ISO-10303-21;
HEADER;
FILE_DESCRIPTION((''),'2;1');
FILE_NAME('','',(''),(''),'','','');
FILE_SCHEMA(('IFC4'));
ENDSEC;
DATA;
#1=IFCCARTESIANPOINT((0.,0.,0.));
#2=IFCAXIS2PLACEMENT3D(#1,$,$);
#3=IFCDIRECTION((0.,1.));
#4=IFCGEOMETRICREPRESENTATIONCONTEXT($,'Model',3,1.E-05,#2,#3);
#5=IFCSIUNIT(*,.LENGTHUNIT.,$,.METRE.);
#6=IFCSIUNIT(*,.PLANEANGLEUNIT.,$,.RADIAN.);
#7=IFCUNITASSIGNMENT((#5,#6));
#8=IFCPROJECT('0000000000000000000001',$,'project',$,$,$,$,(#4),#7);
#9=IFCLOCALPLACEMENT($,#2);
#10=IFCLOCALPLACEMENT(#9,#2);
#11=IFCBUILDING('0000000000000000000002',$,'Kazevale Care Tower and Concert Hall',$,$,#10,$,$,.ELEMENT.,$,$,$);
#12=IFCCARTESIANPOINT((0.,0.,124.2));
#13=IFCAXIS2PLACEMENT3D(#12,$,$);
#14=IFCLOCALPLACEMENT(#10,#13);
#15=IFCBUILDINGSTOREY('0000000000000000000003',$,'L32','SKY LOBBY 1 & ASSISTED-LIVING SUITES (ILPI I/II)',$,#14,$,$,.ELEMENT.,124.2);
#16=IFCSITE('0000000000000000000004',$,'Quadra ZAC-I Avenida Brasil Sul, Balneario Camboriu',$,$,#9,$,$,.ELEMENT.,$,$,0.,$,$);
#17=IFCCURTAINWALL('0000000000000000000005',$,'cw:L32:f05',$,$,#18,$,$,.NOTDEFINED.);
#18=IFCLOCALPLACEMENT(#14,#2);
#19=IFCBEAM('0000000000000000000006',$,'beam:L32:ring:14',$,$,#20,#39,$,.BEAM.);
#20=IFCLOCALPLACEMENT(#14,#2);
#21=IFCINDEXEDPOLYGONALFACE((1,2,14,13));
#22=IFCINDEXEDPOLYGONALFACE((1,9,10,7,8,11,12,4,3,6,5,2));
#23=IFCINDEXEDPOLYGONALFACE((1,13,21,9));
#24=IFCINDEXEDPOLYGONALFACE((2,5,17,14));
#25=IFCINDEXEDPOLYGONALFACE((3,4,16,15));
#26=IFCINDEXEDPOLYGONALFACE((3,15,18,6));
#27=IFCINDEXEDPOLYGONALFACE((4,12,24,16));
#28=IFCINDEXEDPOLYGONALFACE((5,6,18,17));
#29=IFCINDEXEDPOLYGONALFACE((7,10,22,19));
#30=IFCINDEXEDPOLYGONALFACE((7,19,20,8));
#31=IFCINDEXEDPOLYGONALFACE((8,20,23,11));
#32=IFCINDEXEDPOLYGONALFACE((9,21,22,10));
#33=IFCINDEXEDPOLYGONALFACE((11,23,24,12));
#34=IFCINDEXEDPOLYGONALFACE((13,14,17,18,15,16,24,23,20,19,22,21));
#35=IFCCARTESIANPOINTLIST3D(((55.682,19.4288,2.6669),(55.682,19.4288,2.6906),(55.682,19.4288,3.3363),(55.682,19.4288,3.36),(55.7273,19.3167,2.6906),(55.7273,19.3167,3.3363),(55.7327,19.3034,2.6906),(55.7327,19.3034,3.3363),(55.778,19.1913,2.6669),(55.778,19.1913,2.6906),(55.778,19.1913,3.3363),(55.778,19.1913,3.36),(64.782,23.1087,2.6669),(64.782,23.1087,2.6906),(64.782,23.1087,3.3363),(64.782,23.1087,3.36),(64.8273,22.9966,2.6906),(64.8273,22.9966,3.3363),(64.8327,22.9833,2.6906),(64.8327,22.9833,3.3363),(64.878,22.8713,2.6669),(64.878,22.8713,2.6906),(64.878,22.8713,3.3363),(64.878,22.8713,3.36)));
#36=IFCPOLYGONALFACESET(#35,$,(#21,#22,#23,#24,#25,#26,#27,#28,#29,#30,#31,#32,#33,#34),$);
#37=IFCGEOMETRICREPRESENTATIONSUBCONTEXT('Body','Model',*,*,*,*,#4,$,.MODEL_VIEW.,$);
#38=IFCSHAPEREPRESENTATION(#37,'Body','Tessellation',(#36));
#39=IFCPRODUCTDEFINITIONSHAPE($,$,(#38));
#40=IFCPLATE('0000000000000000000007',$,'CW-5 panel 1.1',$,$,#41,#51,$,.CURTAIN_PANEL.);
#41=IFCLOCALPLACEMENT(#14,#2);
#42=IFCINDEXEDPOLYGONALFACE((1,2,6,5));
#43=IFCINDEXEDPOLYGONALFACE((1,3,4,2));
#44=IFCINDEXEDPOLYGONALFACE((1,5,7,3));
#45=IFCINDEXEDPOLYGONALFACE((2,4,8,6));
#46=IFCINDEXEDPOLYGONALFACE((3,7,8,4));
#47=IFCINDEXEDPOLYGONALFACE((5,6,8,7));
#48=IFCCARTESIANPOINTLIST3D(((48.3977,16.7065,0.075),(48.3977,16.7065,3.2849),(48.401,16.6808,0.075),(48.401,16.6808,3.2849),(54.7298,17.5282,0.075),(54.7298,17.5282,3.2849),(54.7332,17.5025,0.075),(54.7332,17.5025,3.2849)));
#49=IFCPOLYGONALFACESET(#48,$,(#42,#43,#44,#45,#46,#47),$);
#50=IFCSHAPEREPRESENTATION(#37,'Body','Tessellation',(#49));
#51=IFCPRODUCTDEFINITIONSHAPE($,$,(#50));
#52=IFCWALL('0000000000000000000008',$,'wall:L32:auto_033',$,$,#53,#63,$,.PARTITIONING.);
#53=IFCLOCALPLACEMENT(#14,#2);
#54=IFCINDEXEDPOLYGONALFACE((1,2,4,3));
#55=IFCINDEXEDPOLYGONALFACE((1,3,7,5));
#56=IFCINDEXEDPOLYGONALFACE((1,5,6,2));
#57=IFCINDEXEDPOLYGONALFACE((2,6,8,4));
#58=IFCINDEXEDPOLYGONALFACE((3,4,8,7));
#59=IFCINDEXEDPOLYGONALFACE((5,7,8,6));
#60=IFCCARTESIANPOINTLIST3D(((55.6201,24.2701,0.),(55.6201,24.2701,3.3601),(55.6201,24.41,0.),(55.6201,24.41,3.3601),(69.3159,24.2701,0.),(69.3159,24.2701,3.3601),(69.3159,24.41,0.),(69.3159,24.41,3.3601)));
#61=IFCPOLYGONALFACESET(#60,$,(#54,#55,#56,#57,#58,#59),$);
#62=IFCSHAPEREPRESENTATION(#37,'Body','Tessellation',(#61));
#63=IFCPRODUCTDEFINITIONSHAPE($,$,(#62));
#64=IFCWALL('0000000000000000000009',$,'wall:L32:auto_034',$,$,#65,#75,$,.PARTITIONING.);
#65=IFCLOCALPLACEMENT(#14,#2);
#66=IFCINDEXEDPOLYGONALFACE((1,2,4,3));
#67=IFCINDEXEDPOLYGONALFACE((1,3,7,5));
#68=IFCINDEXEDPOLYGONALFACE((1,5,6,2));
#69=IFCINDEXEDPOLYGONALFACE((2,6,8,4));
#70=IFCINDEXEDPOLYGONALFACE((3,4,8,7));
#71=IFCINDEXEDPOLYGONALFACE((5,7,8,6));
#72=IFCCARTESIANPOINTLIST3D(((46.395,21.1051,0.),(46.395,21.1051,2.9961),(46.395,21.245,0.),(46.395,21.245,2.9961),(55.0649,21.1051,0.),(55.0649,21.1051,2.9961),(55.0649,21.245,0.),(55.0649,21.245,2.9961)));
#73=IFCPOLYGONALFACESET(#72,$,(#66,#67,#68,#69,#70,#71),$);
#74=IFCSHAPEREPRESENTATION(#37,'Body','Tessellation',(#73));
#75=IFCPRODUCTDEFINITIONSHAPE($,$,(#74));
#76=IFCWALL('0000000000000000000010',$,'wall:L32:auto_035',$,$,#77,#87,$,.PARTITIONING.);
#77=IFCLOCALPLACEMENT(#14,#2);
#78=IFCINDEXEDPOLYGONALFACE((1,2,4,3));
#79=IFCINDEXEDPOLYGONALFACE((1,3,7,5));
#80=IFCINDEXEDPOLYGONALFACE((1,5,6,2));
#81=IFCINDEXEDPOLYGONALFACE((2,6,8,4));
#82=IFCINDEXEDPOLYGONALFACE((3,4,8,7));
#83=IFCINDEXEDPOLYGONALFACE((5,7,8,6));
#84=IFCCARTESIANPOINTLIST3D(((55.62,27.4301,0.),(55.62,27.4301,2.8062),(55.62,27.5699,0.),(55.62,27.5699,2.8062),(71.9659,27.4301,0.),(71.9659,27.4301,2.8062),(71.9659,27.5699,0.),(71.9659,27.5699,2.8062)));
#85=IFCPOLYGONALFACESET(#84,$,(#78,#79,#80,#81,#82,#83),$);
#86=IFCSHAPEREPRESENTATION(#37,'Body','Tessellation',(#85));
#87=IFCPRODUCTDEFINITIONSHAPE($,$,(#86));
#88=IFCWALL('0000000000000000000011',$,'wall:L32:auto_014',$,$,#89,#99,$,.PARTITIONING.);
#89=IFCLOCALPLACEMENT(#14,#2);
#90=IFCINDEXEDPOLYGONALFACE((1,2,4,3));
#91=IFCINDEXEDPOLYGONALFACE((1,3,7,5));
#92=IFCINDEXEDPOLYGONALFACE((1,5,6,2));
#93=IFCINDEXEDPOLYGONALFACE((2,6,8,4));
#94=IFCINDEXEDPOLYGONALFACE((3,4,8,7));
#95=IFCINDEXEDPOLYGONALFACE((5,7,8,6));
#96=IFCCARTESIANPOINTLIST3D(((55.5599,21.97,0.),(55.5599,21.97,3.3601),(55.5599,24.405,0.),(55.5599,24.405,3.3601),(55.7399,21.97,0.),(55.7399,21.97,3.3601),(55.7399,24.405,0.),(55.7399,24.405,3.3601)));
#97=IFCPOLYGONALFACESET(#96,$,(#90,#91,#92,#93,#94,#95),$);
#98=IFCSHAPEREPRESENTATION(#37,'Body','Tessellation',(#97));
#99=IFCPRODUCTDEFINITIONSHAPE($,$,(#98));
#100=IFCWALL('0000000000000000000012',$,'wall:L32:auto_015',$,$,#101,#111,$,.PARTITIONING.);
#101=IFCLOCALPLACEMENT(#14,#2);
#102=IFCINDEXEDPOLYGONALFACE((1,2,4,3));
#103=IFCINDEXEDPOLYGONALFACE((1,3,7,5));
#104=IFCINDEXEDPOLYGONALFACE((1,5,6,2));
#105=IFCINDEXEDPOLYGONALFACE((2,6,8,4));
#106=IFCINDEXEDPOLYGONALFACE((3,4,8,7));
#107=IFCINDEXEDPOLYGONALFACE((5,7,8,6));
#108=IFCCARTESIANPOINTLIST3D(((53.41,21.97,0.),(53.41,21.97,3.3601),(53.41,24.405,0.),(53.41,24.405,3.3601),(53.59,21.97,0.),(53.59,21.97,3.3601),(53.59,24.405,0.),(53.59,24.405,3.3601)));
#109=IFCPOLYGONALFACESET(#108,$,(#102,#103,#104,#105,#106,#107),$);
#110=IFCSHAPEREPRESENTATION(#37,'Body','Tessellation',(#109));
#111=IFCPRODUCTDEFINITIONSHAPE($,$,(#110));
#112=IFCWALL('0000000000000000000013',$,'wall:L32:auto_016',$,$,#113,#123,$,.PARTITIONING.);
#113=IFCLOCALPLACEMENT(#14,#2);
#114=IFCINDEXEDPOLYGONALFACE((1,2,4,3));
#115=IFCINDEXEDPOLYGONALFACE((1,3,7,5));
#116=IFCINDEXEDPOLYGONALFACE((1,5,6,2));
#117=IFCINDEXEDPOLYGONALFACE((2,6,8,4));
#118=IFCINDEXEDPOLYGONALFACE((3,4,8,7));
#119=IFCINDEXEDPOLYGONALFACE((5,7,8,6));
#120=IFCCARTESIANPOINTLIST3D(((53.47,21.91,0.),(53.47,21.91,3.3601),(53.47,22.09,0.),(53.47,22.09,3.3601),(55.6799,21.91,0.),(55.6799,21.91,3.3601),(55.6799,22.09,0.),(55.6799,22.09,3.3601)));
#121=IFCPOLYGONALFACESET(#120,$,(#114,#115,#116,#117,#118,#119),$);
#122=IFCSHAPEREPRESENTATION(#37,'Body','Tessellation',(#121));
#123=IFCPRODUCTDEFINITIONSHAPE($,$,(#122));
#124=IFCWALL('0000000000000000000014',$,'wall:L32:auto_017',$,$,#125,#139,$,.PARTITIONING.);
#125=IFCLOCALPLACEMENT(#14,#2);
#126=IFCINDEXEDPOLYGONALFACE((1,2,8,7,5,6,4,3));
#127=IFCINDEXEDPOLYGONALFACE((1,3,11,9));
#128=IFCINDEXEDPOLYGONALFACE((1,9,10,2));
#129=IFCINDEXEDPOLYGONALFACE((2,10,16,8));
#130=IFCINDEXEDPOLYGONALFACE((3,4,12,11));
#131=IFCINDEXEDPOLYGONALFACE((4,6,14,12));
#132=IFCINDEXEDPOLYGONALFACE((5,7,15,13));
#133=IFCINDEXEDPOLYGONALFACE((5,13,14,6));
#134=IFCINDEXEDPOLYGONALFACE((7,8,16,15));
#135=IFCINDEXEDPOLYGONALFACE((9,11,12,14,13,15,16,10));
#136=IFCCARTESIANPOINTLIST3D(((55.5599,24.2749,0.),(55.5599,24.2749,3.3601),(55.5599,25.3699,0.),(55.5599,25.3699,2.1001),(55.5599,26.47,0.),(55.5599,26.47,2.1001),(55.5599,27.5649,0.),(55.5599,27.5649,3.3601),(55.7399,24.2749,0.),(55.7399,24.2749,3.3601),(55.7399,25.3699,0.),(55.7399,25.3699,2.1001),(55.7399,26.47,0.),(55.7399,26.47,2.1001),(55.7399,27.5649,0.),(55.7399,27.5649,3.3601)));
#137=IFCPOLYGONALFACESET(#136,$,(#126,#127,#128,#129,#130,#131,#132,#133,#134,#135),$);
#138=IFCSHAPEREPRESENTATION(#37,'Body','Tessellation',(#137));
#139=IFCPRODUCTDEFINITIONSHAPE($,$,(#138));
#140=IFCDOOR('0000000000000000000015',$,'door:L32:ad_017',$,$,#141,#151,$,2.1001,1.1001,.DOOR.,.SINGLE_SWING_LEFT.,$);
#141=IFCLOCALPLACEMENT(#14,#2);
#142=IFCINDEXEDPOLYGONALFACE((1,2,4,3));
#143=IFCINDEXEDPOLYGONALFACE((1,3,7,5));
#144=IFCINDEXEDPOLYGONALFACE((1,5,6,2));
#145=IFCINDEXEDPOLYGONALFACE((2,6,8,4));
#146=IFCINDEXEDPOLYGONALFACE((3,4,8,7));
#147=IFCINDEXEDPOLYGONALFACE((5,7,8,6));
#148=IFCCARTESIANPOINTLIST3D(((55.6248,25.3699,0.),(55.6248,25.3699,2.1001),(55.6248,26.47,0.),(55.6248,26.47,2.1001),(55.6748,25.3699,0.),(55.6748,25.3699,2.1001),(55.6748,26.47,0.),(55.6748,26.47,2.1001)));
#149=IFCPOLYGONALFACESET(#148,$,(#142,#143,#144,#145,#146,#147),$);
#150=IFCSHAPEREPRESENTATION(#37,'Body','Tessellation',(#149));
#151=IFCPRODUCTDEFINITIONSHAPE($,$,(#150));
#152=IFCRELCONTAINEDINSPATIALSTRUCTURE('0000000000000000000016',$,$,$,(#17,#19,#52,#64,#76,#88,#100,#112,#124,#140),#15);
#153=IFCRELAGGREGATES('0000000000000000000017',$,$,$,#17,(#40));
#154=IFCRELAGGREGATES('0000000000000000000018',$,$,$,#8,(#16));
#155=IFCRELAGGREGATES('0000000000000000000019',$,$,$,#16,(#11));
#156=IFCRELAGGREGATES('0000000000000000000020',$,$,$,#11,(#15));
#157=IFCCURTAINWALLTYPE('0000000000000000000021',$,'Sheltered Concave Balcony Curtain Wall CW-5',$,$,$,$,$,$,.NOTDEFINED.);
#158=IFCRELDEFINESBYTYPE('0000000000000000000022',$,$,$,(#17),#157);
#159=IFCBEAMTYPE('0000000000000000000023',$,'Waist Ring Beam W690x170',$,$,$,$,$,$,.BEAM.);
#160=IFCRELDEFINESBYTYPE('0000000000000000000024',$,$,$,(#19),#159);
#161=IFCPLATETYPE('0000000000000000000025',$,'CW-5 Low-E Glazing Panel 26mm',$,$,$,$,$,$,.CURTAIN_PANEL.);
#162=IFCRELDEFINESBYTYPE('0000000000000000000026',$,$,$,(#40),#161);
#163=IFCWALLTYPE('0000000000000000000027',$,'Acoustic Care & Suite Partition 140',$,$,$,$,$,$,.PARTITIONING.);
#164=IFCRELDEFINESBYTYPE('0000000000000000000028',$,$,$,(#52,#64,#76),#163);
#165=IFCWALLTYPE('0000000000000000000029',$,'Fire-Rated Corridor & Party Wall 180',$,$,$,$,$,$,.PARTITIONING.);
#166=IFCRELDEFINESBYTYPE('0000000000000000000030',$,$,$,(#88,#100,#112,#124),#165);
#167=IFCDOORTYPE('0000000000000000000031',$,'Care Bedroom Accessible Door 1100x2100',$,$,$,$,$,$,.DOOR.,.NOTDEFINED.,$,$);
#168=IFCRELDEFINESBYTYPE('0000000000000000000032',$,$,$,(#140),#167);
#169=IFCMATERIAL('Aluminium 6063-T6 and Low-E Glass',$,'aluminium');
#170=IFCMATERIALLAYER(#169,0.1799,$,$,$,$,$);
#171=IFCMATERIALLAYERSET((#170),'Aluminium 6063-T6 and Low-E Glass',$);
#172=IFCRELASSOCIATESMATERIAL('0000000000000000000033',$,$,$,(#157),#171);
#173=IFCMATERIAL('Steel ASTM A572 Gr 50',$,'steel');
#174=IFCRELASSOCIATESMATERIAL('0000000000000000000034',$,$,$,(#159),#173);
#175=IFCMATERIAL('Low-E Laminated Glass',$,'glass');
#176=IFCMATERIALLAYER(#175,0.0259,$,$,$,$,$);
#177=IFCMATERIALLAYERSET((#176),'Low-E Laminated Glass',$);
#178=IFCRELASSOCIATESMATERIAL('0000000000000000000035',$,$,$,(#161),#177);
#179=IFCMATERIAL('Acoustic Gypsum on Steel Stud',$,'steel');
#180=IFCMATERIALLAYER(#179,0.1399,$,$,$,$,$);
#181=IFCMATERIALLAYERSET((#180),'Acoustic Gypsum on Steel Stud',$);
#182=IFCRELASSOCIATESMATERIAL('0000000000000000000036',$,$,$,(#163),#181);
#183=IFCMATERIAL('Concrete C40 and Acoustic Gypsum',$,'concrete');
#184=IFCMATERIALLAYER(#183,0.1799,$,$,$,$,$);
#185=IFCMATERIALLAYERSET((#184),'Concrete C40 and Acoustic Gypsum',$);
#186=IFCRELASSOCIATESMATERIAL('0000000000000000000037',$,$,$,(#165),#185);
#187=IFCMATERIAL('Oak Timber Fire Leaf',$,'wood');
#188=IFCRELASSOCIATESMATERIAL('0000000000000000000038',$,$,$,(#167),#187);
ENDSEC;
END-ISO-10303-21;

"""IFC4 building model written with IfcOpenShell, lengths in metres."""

from ifc_helpers import new_model, si_unit, direction, frame, frame_2d, origin, origin_2d, place, context, subcontext, project, spatial, rectangle, i_section, extrude, material, layer, layer_set, material_profile, profile_set, type_object, element, fill, aggregate, save


model = new_model("IFC4")

# Units and contexts
model_context = context("Model", 3, precision=1e-05, world=origin(), true_north=direction((0.0, 1.0)))
body_context = subcontext(model_context, "Body", "Model", "MODEL_VIEW")
ifc_project = project(units=[si_unit("LENGTHUNIT", "METRE"), si_unit("PLANEANGLEUNIT", "RADIAN")], contexts=[model_context])

# Site, building, storey
site_placement = place(None, origin())
site = spatial("IfcSite", under=ifc_project, at=site_placement, Name="Quadra ZAC-I Avenida Brasil Sul, Balneario Camboriu", CompositionType="ELEMENT", RefElevation=0.0)
building_placement = place(site_placement, origin())
building = spatial("IfcBuilding", under=site, at=building_placement, Name="Kazevale Care Tower and Concert Hall", CompositionType="ELEMENT")
storey_placement = place(building_placement, frame((0.0, 0.0, 124.2)))
storey = spatial("IfcBuildingStorey", under=building, at=storey_placement, Name="L32", Description="SKY LOBBY 1 & ASSISTED-LIVING SUITES (ILPI I/II)", CompositionType="ELEMENT", Elevation=124.2)

# Curtain wall
ifc_material_1 = material(Name="Aluminium 6063-T6 and Low-E Glass", Category="aluminium")
ifc_layer_1 = layer(ifc_material_1, 0.1799)
ifc_layer_set_1 = layer_set([ifc_layer_1], Name="Aluminium 6063-T6 and Low-E Glass")
curtain_wall_type = type_object("IfcCurtainWallType", Name="Sheltered Concave Balcony Curtain Wall CW-5", PredefinedType="NOTDEFINED", material=ifc_layer_set_1)
curtain_wall_1_placement = place(storey_placement, origin())
curtain_wall_1 = element("IfcCurtainWall", 1, at=curtain_wall_1_placement, inside=storey, type_object=curtain_wall_type, Name="cw:L32:f05", PredefinedType="NOTDEFINED")

# Beam
ifc_material_2 = material(Name="Steel ASTM A572 Gr 50", Category="steel")
ifc_material_profile_1 = material_profile(ifc_material_2, i_section(OverallWidth=0.2561, OverallDepth=0.6931, WebThickness=0.0144, FlangeThickness=0.0237, at=origin_2d()), Name="W690x170")
ifc_profile_set_1 = profile_set([ifc_material_profile_1], Name="Steel ASTM A572 Gr 50")
beam_type_1 = type_object("IfcBeamType", Name="Waist Ring Beam W690x170", PredefinedType="BEAM", material=ifc_profile_set_1)
beam_1_placement = place(storey_placement, frame((55.73, 19.3101, 3.0134), z_axis=(0.927069, 0.374892, 0.0), x_axis=(-0.374892, 0.927069, 0.0)))
element("IfcBeam", 2, at=beam_1_placement, inside=storey, type_object=beam_type_1, Name="beam:L32:ring:14", PredefinedType="BEAM", context=body_context, shape_type="SweptSolid", body=[
    extrude(i_section(OverallWidth=0.2561, OverallDepth=0.6931, WebThickness=0.0144, FlangeThickness=0.0237, at=origin_2d()), origin(), (0.0, 0.0, 1.0), 9.8159),
])

# Plate
ifc_material_3 = material(Name="Low-E Laminated Glass", Category="glass")
ifc_layer_2 = layer(ifc_material_3, 0.0259)
ifc_layer_set_2 = layer_set([ifc_layer_2], Name="Low-E Laminated Glass")
plate_type = type_object("IfcPlateType", Name="CW-5 Low-E Glazing Panel 26mm", PredefinedType="CURTAIN_PANEL", material=ifc_layer_set_2)
plate_placement = place(storey_placement, frame((51.5654, 17.1045, 0.075), z_axis=(0.0, 0.0, 1.0), x_axis=(-0.991686, -0.128685, 0.0)))
plate = element("IfcPlate", 3, at=plate_placement, type_object=plate_type, Name="CW-5 panel 1.1", PredefinedType="CURTAIN_PANEL", context=body_context, shape_type="SweptSolid", body=[
    extrude(rectangle(XDim=6.3853, YDim=0.0259, at=origin_2d()), origin(), (0.0, 0.0, 1.0), 3.21),
])
aggregate(curtain_wall_1, [plate])

# Walls
ifc_material_4 = material(Name="Acoustic Gypsum on Steel Stud", Category="steel")
ifc_layer_3 = layer(ifc_material_4, 0.1399)
ifc_layer_set_3 = layer_set([ifc_layer_3], Name="Acoustic Gypsum on Steel Stud")
wall_type_1 = type_object("IfcWallType", Name="Acoustic Care & Suite Partition 140", PredefinedType="PARTITIONING", material=ifc_layer_set_3)
wall_1_placement = place(storey_placement, frame((55.6201, 24.3401, 0.0), z_axis=(0.0, 0.0, 1.0), x_axis=(1.0, 0.0, 0.0)))
element("IfcWall", 4, at=wall_1_placement, inside=storey, type_object=wall_type_1, Name="wall:L32:auto_033", PredefinedType="PARTITIONING", context=body_context, shape_type="SweptSolid", body=[
    extrude(rectangle(XDim=13.6958, YDim=0.1399, at=frame_2d((6.8479, 0.0))), origin(), (0.0, 0.0, 1.0), 3.3601),
])
wall_2_placement = place(storey_placement, frame((55.0649, 21.175, 0.0), z_axis=(0.0, 0.0, 1.0), x_axis=(-1.0, 0.0, 0.0)))
element("IfcWall", 5, at=wall_2_placement, inside=storey, type_object=wall_type_1, Name="wall:L32:auto_034", PredefinedType="PARTITIONING", context=body_context, shape_type="SweptSolid", body=[
    extrude(rectangle(XDim=8.6699, YDim=0.1399, at=frame_2d((4.335, 0.0))), origin(), (0.0, 0.0, 1.0), 2.9961),
])
wall_3_placement = place(storey_placement, frame((55.6201, 27.5, 0.0), z_axis=(0.0, 0.0, 1.0), x_axis=(1.0, 0.0, 0.0)))
element("IfcWall", 6, at=wall_3_placement, inside=storey, type_object=wall_type_1, Name="wall:L32:auto_035", PredefinedType="PARTITIONING", context=body_context, shape_type="SweptSolid", body=[
    extrude(rectangle(XDim=16.3459, YDim=0.1399, at=frame_2d((8.1729, 0.0))), origin(), (0.0, 0.0, 1.0), 2.8062),
])
ifc_material_5 = material(Name="Concrete C40 and Acoustic Gypsum", Category="concrete")
ifc_layer_4 = layer(ifc_material_5, 0.1799)
ifc_layer_set_4 = layer_set([ifc_layer_4], Name="Concrete C40 and Acoustic Gypsum")
wall_type_2 = type_object("IfcWallType", Name="Fire-Rated Corridor & Party Wall 180", PredefinedType="PARTITIONING", material=ifc_layer_set_4)
for number, where, z_axis, x_axis, name in (
    (7, (55.6499, 24.405, 0.0), (0.0, 0.0, 1.0), (0.0, -1.0, 0.0), "wall:L32:auto_014"),
    (8, (53.5, 21.97, 0.0), (0.0, 0.0, 1.0), (0.0, 1.0, 0.0), "wall:L32:auto_015"),
):
    element("IfcWall", number, at=place(storey_placement, frame(where, z_axis=z_axis, x_axis=x_axis)), inside=storey, type_object=wall_type_2, Name=name, PredefinedType="PARTITIONING", context=body_context, shape_type="SweptSolid", body=[
        extrude(rectangle(XDim=2.4351, YDim=0.1799, at=frame_2d((1.2175, 0.0))), origin(), (0.0, 0.0, 1.0), 3.3601),
    ])
wall_4_placement = place(storey_placement, frame((55.6799, 22.0, 0.0), z_axis=(0.0, 0.0, 1.0), x_axis=(-1.0, 0.0, 0.0)))
element("IfcWall", 9, at=wall_4_placement, inside=storey, type_object=wall_type_2, Name="wall:L32:auto_016", PredefinedType="PARTITIONING", context=body_context, shape_type="SweptSolid", body=[
    extrude(rectangle(XDim=2.21, YDim=0.1799, at=frame_2d((1.105, 0.0))), origin(), (0.0, 0.0, 1.0), 3.3601),
])

# Wall, opening, door
wall_5_placement = place(storey_placement, frame((55.6499, 27.5649, 0.0), z_axis=(0.0, 0.0, 1.0), x_axis=(0.0, -1.0, 0.0)))
wall_5 = element("IfcWall", 10, at=wall_5_placement, inside=storey, type_object=wall_type_2, Name="wall:L32:auto_017", PredefinedType="PARTITIONING", context=body_context, shape_type="SweptSolid", body=[
    extrude(rectangle(XDim=3.29, YDim=0.1799, at=frame_2d((1.645, 0.0))), origin(), (0.0, 0.0, 1.0), 3.3601),
])
opening_placement = place(wall_5_placement, frame((1.095, 0.0, 0.0)))
opening = element("IfcOpeningElement", 11, at=opening_placement, cuts=wall_5, PredefinedType="OPENING", context=body_context, shape_type="SweptSolid", body=[
    extrude(rectangle(XDim=1.1001, YDim=2.1001, at=frame_2d((0.55, 1.05))), frame((0.0, 0.0999, 0.0), z_axis=(0.0, -1.0, 0.0), x_axis=(1.0, 0.0, 0.0)), (0.0, 0.0, 1.0), 0.2),
])
ifc_material_6 = material(Name="Oak Timber Fire Leaf", Category="wood")
door_type = type_object("IfcDoorType", Name="Care Bedroom Accessible Door 1100x2100", OperationType="NOTDEFINED", PredefinedType="DOOR", material=ifc_material_6)
door_placement = place(opening_placement, origin())
door = element("IfcDoor", 12, at=door_placement, inside=storey, type_object=door_type, Name="door:L32:ad_017", OperationType="SINGLE_SWING_LEFT", OverallHeight=2.1001, OverallWidth=1.1001, PredefinedType="DOOR", context=body_context, shape_type="SweptSolid", body=[
    extrude(rectangle(XDim=1.1001, YDim=2.1001, at=frame_2d((0.55, 1.05))), frame((0.0, 0.0249, 0.0), z_axis=(0.0, -1.0, 0.0), x_axis=(1.0, 0.0, 0.0)), (0.0, 0.0, 1.0), 0.05),
])
fill(opening, door)

save(model, "model.ifc")
